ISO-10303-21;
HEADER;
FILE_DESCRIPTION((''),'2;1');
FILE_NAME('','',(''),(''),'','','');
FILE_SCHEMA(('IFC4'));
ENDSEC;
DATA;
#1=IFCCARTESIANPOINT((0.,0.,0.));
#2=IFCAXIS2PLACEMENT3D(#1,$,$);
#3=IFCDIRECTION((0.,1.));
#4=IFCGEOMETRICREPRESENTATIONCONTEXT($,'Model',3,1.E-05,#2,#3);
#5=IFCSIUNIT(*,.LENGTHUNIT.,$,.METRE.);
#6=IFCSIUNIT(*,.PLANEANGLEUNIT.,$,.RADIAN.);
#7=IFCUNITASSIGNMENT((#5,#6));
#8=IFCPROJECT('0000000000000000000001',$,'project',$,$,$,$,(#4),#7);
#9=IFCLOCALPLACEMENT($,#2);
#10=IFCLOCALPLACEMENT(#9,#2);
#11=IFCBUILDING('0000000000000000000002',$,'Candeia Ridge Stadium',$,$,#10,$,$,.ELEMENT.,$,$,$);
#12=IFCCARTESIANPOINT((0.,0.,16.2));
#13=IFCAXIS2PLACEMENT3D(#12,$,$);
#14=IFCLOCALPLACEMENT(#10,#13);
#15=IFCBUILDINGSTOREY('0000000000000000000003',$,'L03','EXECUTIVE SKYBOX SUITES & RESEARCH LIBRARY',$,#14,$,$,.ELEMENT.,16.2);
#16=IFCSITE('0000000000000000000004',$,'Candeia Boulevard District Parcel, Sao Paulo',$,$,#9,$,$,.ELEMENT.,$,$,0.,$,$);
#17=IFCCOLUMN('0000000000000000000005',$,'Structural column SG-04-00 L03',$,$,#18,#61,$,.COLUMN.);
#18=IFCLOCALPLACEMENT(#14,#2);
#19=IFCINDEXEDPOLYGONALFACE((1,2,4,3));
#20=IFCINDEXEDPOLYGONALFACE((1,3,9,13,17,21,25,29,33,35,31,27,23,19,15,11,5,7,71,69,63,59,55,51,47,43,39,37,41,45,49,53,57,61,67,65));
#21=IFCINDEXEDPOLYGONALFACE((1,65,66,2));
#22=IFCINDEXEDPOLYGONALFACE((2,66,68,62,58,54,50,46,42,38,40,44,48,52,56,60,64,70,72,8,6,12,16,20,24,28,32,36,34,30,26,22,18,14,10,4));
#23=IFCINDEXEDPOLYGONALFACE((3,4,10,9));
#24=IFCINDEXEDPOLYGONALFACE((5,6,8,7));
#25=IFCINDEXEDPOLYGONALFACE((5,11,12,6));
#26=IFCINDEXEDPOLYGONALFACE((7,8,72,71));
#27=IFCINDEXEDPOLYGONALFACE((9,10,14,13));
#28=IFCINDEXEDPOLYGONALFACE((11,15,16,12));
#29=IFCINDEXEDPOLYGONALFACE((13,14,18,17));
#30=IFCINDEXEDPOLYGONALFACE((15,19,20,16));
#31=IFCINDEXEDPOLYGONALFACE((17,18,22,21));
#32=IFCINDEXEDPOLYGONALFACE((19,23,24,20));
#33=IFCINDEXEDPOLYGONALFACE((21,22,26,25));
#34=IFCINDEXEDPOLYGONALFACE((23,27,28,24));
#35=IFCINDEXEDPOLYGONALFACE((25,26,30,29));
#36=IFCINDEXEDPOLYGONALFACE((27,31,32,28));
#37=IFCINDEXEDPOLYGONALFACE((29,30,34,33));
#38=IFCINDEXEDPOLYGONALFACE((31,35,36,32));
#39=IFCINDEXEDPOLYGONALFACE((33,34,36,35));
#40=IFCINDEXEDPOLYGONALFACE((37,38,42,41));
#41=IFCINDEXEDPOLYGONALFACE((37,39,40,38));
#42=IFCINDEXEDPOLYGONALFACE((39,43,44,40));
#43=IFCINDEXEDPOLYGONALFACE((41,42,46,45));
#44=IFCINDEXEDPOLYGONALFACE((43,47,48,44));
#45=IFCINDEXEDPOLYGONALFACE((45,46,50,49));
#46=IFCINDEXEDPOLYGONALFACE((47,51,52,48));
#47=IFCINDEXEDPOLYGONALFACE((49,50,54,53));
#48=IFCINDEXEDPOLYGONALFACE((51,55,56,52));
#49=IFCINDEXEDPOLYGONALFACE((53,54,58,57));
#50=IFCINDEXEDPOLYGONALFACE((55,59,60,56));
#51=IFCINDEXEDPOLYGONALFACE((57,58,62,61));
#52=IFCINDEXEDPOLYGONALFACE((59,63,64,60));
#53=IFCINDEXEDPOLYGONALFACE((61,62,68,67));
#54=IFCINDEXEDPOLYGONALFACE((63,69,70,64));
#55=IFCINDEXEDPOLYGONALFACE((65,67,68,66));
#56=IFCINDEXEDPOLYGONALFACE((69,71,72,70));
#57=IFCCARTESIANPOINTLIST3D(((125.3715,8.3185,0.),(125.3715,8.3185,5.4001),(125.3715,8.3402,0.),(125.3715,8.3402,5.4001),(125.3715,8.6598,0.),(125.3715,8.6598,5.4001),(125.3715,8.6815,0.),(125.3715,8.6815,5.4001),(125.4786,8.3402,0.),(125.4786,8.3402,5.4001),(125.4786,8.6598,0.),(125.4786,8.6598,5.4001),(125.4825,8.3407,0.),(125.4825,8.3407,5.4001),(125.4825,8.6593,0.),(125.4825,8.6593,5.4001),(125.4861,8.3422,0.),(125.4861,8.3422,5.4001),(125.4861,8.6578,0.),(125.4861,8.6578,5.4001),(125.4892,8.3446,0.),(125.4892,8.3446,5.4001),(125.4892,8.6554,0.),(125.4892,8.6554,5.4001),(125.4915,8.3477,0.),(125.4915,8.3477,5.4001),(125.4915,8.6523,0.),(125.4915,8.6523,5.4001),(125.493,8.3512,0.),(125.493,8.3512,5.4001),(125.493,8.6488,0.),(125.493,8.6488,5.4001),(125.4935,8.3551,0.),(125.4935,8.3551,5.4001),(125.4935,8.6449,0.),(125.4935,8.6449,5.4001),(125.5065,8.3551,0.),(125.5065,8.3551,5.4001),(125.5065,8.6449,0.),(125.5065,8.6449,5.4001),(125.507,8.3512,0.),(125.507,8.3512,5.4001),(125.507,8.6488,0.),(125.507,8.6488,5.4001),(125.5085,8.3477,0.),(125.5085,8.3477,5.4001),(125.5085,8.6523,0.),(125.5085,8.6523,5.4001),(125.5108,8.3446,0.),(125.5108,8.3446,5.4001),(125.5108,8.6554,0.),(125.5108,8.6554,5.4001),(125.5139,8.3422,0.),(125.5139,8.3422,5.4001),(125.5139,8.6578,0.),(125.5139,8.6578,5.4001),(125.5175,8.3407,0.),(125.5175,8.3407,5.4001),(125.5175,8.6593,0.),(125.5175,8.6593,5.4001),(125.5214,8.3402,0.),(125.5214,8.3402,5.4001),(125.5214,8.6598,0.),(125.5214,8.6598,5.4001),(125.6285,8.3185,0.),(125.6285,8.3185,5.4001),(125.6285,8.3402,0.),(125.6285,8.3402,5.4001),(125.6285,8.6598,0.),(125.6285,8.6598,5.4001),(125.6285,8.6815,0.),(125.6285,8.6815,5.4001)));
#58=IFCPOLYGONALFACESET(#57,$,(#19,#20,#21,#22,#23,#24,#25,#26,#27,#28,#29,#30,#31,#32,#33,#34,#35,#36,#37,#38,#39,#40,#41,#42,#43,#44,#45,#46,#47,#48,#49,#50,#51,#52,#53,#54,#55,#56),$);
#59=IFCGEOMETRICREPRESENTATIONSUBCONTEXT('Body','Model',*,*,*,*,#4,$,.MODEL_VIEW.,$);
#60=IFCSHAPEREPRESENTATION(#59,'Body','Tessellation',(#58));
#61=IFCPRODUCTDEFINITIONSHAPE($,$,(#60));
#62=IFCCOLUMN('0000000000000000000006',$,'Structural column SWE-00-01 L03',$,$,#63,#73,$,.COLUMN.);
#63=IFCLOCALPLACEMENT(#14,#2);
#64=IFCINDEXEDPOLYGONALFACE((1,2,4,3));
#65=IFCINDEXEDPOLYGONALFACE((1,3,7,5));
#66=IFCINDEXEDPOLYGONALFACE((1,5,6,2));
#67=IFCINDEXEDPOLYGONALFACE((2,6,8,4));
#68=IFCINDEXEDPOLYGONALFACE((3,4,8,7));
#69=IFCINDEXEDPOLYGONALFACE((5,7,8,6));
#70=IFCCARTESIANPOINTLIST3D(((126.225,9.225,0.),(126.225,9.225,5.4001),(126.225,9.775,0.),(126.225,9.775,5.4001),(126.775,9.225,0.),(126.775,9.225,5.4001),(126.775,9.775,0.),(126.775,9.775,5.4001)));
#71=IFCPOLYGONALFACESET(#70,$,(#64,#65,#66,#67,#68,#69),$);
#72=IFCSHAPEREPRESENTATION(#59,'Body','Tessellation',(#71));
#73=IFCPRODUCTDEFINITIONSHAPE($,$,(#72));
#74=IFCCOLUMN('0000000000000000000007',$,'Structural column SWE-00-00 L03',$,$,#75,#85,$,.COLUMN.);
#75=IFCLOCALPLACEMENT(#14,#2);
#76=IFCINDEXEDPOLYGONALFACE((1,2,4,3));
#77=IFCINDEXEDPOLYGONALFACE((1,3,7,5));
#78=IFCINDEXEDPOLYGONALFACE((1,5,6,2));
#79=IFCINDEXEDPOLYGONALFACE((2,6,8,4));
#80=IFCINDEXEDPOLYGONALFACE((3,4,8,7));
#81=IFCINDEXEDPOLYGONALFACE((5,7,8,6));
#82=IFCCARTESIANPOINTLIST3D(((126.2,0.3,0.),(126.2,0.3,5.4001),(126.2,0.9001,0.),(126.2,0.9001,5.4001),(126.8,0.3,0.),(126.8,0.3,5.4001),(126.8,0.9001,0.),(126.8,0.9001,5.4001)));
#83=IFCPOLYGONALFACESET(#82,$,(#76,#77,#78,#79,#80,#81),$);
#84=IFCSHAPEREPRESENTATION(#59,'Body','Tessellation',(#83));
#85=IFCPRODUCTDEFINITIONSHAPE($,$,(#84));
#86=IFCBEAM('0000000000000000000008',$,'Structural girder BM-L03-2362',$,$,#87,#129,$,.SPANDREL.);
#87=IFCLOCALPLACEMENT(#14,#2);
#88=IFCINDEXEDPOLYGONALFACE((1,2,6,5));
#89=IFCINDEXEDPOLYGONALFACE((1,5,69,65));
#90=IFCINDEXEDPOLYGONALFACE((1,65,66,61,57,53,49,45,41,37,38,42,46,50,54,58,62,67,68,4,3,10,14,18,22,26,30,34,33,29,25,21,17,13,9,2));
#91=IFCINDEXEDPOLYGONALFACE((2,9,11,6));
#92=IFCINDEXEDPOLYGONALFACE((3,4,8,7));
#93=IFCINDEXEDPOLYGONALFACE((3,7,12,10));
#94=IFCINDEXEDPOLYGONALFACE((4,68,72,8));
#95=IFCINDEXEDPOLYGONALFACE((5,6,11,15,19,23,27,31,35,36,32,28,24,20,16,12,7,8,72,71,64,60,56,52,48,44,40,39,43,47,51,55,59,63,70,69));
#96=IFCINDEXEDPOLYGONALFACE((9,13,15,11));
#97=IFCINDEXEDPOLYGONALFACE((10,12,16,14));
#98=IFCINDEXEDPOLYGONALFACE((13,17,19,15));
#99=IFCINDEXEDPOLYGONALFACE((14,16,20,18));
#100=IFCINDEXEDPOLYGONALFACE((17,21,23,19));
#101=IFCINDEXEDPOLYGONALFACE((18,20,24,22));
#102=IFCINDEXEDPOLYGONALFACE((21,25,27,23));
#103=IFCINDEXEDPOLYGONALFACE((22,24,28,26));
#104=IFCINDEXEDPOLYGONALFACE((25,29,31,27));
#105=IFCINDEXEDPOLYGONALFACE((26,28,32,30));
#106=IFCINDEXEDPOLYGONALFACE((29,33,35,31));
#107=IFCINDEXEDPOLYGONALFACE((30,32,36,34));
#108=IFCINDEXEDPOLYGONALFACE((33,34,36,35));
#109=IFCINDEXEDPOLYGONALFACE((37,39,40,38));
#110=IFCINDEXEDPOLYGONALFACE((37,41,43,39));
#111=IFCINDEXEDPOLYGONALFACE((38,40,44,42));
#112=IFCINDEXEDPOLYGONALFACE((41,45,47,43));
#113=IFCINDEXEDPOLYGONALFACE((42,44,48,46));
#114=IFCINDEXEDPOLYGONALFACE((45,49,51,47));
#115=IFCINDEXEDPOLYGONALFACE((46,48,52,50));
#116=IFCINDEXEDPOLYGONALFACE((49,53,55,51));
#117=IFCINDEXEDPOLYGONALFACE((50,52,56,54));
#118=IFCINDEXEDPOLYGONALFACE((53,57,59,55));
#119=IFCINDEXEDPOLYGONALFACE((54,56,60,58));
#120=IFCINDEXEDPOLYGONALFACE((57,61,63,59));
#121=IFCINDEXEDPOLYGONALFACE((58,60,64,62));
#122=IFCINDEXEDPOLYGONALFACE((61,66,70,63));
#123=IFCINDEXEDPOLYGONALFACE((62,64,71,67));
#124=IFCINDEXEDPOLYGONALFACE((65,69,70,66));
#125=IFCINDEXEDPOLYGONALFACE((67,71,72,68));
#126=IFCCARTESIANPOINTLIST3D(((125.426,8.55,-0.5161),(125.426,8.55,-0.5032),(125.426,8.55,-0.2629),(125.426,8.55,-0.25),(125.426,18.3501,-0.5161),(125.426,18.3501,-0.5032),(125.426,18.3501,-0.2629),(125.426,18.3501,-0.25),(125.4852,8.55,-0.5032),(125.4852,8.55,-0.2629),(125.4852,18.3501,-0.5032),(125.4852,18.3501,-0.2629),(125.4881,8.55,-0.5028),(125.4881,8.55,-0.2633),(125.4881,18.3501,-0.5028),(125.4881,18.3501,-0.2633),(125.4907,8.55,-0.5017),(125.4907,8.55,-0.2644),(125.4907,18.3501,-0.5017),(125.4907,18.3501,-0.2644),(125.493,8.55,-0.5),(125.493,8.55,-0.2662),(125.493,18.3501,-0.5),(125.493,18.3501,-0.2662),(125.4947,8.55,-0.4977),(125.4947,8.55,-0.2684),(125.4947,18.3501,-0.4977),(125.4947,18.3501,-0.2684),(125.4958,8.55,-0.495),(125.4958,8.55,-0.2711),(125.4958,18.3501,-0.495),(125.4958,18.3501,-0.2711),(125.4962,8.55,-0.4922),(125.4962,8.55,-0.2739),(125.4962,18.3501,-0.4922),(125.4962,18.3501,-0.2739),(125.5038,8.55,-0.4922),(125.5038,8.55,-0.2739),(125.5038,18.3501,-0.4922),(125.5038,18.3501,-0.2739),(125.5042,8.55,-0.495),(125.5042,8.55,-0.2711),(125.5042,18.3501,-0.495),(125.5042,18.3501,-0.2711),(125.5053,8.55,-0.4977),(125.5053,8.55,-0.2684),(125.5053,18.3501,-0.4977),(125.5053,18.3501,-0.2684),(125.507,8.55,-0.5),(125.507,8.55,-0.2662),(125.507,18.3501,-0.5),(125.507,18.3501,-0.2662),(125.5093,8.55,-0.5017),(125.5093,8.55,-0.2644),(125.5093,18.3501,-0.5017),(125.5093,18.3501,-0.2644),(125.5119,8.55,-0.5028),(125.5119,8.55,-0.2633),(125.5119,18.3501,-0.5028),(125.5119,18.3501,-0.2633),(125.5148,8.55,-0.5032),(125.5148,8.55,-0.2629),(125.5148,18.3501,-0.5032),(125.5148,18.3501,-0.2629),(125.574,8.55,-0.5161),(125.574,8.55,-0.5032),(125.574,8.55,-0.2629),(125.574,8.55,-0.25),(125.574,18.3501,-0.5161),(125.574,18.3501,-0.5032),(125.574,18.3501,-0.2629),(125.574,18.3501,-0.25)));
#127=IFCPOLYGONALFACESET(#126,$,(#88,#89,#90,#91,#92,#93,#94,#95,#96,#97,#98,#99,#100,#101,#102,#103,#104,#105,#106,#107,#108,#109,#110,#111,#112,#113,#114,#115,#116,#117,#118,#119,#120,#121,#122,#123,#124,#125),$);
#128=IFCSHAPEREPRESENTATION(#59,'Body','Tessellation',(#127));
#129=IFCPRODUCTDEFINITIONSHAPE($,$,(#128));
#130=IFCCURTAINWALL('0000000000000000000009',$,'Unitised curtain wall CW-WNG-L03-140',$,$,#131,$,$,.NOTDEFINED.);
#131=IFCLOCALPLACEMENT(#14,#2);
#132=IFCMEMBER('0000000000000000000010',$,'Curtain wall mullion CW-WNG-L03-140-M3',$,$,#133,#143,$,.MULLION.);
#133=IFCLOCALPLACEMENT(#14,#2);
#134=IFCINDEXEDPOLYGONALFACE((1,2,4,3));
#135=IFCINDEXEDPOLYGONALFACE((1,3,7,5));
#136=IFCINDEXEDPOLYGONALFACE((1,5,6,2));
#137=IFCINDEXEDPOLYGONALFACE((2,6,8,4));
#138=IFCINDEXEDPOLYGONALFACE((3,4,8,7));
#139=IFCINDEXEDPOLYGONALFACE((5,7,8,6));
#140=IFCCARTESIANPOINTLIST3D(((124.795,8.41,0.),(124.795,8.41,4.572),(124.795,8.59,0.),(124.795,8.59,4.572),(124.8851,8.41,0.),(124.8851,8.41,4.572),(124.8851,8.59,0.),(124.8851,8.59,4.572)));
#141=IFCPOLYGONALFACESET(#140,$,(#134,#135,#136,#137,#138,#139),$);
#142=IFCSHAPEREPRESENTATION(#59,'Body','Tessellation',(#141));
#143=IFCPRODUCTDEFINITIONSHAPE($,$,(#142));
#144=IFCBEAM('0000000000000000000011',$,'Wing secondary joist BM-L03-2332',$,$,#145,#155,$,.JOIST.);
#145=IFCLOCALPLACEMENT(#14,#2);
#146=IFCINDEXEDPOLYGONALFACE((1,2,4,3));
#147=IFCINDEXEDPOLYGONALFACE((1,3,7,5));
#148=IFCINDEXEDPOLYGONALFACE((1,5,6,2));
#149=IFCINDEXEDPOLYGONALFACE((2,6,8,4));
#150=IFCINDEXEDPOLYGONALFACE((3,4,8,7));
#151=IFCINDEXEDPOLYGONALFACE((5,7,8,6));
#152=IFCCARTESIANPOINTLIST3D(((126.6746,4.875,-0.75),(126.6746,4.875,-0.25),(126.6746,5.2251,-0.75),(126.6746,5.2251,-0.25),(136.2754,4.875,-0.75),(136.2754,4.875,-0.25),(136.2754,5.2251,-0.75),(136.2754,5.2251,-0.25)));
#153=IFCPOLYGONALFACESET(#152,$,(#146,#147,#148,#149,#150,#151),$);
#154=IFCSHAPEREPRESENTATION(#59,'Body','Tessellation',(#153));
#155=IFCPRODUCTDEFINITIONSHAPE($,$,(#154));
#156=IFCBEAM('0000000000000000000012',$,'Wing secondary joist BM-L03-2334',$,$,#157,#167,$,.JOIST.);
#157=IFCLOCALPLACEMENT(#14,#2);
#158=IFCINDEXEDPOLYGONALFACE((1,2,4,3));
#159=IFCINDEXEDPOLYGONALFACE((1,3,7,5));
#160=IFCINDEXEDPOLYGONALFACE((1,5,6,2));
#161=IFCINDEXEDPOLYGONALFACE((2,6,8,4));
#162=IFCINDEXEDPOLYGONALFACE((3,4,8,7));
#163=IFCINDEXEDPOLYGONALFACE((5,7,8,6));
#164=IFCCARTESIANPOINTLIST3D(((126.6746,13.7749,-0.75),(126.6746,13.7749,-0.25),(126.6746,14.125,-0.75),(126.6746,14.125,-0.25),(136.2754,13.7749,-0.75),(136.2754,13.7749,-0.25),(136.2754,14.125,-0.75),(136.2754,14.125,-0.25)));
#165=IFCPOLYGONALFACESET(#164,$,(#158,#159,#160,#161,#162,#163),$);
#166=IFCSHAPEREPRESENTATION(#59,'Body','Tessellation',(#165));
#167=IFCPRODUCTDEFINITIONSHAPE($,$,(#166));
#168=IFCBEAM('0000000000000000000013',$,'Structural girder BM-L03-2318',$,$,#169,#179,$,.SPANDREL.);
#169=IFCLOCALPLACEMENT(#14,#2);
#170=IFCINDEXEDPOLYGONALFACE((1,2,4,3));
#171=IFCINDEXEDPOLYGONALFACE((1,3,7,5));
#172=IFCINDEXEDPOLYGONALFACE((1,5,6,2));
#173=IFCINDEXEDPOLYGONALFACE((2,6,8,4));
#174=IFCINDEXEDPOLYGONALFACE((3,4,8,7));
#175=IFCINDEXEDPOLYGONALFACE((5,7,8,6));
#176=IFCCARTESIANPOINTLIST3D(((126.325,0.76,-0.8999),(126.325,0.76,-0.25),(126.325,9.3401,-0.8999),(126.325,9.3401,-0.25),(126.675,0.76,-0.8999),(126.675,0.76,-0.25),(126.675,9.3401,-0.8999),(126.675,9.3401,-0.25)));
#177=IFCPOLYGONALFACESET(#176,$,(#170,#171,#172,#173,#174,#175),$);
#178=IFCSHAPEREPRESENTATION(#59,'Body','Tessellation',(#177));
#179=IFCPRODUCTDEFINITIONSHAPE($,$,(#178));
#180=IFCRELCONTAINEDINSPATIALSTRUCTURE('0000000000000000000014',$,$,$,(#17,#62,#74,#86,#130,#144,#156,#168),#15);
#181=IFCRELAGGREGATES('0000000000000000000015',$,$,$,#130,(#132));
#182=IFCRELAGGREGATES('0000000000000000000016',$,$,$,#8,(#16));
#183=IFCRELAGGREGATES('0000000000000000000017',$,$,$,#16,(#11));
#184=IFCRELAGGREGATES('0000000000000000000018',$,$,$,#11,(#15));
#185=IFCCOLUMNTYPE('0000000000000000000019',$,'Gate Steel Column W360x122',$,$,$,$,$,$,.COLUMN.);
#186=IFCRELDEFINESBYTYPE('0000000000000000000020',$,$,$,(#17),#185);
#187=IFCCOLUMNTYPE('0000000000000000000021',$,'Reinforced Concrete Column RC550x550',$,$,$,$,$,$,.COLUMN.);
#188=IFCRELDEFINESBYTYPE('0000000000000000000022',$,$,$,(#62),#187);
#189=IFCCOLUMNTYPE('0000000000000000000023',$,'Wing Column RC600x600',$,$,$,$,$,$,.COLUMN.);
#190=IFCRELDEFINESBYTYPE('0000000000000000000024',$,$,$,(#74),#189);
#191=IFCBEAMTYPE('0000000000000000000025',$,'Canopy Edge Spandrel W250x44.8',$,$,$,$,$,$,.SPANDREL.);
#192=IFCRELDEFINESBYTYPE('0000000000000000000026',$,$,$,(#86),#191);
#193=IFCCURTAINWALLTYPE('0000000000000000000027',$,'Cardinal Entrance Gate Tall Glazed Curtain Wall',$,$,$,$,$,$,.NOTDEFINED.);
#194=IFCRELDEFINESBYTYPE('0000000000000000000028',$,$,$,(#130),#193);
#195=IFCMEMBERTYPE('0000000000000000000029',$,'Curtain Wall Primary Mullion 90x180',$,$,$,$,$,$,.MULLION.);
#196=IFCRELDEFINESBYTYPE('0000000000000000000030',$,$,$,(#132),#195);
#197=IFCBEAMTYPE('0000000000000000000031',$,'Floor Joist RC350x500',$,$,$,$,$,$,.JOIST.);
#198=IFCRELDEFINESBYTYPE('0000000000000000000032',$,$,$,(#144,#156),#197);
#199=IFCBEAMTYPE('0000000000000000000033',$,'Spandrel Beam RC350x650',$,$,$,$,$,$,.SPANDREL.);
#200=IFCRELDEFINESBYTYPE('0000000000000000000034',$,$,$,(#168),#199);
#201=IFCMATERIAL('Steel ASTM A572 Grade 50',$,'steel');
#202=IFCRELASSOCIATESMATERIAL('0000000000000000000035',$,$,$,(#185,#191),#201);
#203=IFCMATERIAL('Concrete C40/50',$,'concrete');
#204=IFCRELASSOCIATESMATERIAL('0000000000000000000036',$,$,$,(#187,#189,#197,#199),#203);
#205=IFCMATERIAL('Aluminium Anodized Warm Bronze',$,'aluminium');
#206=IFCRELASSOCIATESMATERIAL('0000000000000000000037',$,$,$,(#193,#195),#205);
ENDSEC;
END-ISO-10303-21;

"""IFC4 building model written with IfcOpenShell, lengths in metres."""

from ifc_helpers import new_model, si_unit, direction, frame, origin, origin_2d, place, context, subcontext, project, spatial, rectangle, i_section, extrude, material, material_profile, profile_set, type_object, element, aggregate, save


model = new_model("IFC4")

# Units and contexts
model_context = context("Model", 3, precision=1e-05, world=origin(), true_north=direction((0.0, 1.0)))
body_context = subcontext(model_context, "Body", "Model", "MODEL_VIEW")
ifc_project = project(units=[si_unit("LENGTHUNIT", "METRE"), si_unit("PLANEANGLEUNIT", "RADIAN")], contexts=[model_context])

# Site, building, storey
site_placement = place(None, origin())
site = spatial("IfcSite", under=ifc_project, at=site_placement, Name="Candeia Boulevard District Parcel, Sao Paulo", CompositionType="ELEMENT", RefElevation=0.0)
building_placement = place(site_placement, origin())
building = spatial("IfcBuilding", under=site, at=building_placement, Name="Candeia Ridge Stadium", CompositionType="ELEMENT")
storey_placement = place(building_placement, frame((0.0, 0.0, 16.2)))
storey = spatial("IfcBuildingStorey", under=building, at=storey_placement, Name="L03", Description="EXECUTIVE SKYBOX SUITES & RESEARCH LIBRARY", CompositionType="ELEMENT", Elevation=16.2)

# Columns
ifc_material_1 = material(Name="Steel ASTM A572 Grade 50", Category="steel")
ifc_material_profile_1 = material_profile(ifc_material_1, i_section(OverallWidth=0.2571, OverallDepth=0.363, WebThickness=0.0129, FlangeThickness=0.0217, FilletRadius=0.0149, at=origin_2d()), Name="W360x122", Category="steel")
ifc_profile_set_1 = profile_set([ifc_material_profile_1], Name="Steel ASTM A572 Grade 50")
column_type_1 = type_object("IfcColumnType", Name="Gate Steel Column W360x122", PredefinedType="COLUMN", material=ifc_profile_set_1)
column_1_placement = place(storey_placement, frame((125.5, 8.5, 0.0), z_axis=(0.0, 0.0, 1.0), x_axis=(1.0, 0.0, 0.0)))
element("IfcColumn", 1, at=column_1_placement, inside=storey, type_object=column_type_1, Name="Structural column SG-04-00 L03", PredefinedType="COLUMN", context=body_context, shape_type="SweptSolid", body=[
    extrude(i_section(OverallWidth=0.2571, OverallDepth=0.363, WebThickness=0.0129, FlangeThickness=0.0217, FilletRadius=0.0149, at=origin_2d()), origin(), (0.0, 0.0, 1.0), 5.4001),
])
ifc_material_2 = material(Name="Concrete C40/50", Category="concrete")
ifc_material_profile_2 = material_profile(ifc_material_2, rectangle(XDim=0.55, YDim=0.55, at=origin_2d()), Name="RC550x550", Category="concrete")
ifc_profile_set_2 = profile_set([ifc_material_profile_2], Name="Concrete C40/50")
column_type_2 = type_object("IfcColumnType", Name="Reinforced Concrete Column RC550x550", PredefinedType="COLUMN", material=ifc_profile_set_2)
column_2_placement = place(storey_placement, frame((126.5, 9.5, 0.0), z_axis=(0.0, 0.0, 1.0), x_axis=(1.0, 0.0, 0.0)))
element("IfcColumn", 2, at=column_2_placement, inside=storey, type_object=column_type_2, Name="Structural column SWE-00-01 L03", PredefinedType="COLUMN", context=body_context, shape_type="SweptSolid", body=[
    extrude(rectangle(XDim=0.55, YDim=0.55, at=origin_2d()), origin(), (0.0, 0.0, 1.0), 5.4001),
])
ifc_material_profile_3 = material_profile(ifc_material_2, rectangle(XDim=0.6001, YDim=0.6001, at=origin_2d()), Name="RC600x600", Category="concrete")
ifc_profile_set_3 = profile_set([ifc_material_profile_3], Name="Concrete C40/50")
column_type_3 = type_object("IfcColumnType", Name="Wing Column RC600x600", PredefinedType="COLUMN", material=ifc_profile_set_3)
column_3_placement = place(storey_placement, frame((126.5, 0.6001, 0.0), z_axis=(0.0, 0.0, 1.0), x_axis=(1.0, 0.0, 0.0)))
element("IfcColumn", 3, at=column_3_placement, inside=storey, type_object=column_type_3, Name="Structural column SWE-00-00 L03", PredefinedType="COLUMN", context=body_context, shape_type="SweptSolid", body=[
    extrude(rectangle(XDim=0.6001, YDim=0.6001, at=origin_2d()), origin(), (0.0, 0.0, 1.0), 5.4001),
])

# Beam
ifc_material_profile_4 = material_profile(ifc_material_1, i_section(OverallWidth=0.1479, OverallDepth=0.2661, WebThickness=0.0076, FlangeThickness=0.0129, FilletRadius=0.011, at=origin_2d()), Name="W250x44.8", Category="steel")
ifc_profile_set_4 = profile_set([ifc_material_profile_4], Name="Steel ASTM A572 Grade 50")
beam_type_1 = type_object("IfcBeamType", Name="Canopy Edge Spandrel W250x44.8", PredefinedType="SPANDREL", material=ifc_profile_set_4)
beam_placement = place(storey_placement, frame((125.5, 8.55, -0.3831), z_axis=(0.0, 1.0, 0.0), x_axis=(-1.0, 0.0, 0.0)))
element("IfcBeam", 4, at=beam_placement, inside=storey, type_object=beam_type_1, Name="Structural girder BM-L03-2362", PredefinedType="SPANDREL", context=body_context, shape_type="SweptSolid", body=[
    extrude(i_section(OverallWidth=0.1479, OverallDepth=0.2661, WebThickness=0.0076, FlangeThickness=0.0129, FilletRadius=0.011, at=origin_2d()), origin(), (0.0, 0.0, 1.0), 9.8),
])

# Curtain wall, member
ifc_material_3 = material(Name="Aluminium Anodized Warm Bronze", Category="aluminium")
curtain_wall_type = type_object("IfcCurtainWallType", Name="Cardinal Entrance Gate Tall Glazed Curtain Wall", PredefinedType="NOTDEFINED", material=ifc_material_3)
curtain_wall_placement = place(storey_placement, origin())
curtain_wall = element("IfcCurtainWall", 5, at=curtain_wall_placement, inside=storey, type_object=curtain_wall_type, Name="Unitised curtain wall CW-WNG-L03-140", PredefinedType="NOTDEFINED")
ifc_material_profile_5 = material_profile(ifc_material_3, rectangle(XDim=0.0901, YDim=0.1799, at=origin_2d()), Name="CWM-90x180", Category="aluminium")
ifc_profile_set_5 = profile_set([ifc_material_profile_5], Name="Aluminium Anodized Warm Bronze")
member_type = type_object("IfcMemberType", Name="Curtain Wall Primary Mullion 90x180", PredefinedType="MULLION", material=ifc_profile_set_5)
member_placement = place(storey_placement, frame((124.8401, 8.5, 0.0), z_axis=(0.0, 0.0, 1.0), x_axis=(1.0, 0.0, 0.0)))
member = element("IfcMember", 6, at=member_placement, type_object=member_type, Name="Curtain wall mullion CW-WNG-L03-140-M3", PredefinedType="MULLION", context=body_context, shape_type="SweptSolid", body=[
    extrude(rectangle(XDim=0.0901, YDim=0.1799, at=origin_2d()), origin(), (0.0, 0.0, 1.0), 4.572),
])

# Beams
ifc_material_profile_6 = material_profile(ifc_material_2, rectangle(XDim=0.3501, YDim=0.5, at=origin_2d()), Name="RC350x500", Category="concrete")
ifc_profile_set_6 = profile_set([ifc_material_profile_6], Name="Concrete C40/50")
beam_type_2 = type_object("IfcBeamType", Name="Floor Joist RC350x500", PredefinedType="JOIST", material=ifc_profile_set_6)
for number, where, z_axis, x_axis, name in (
    (7, (126.6746, 5.05, -0.5), (1.0, 0.0, 0.0), (0.0, 1.0, 0.0), "Wing secondary joist BM-L03-2332"),
    (8, (126.6746, 13.95, -0.5), (1.0, 0.0, 0.0), (0.0, 1.0, 0.0), "Wing secondary joist BM-L03-2334"),
):
    element("IfcBeam", number, at=place(storey_placement, frame(where, z_axis=z_axis, x_axis=x_axis)), inside=storey, type_object=beam_type_2, Name=name, PredefinedType="JOIST", context=body_context, shape_type="SweptSolid", body=[
        extrude(rectangle(XDim=0.3501, YDim=0.5, at=origin_2d()), origin(), (0.0, 0.0, 1.0), 9.6008),
    ])
ifc_material_profile_7 = material_profile(ifc_material_2, rectangle(XDim=0.3501, YDim=0.6499, at=origin_2d()), Name="RC350x650", Category="concrete")
ifc_profile_set_7 = profile_set([ifc_material_profile_7], Name="Concrete C40/50")
beam_type_3 = type_object("IfcBeamType", Name="Spandrel Beam RC350x650", PredefinedType="SPANDREL", material=ifc_profile_set_7)
for number, where, z_axis, x_axis, name in (
    (9, (126.5, 0.76, -0.575), (0.0, 1.0, 0.0), (-1.0, 0.0, 0.0), "Structural girder BM-L03-2318"),
):
    element("IfcBeam", number, at=place(storey_placement, frame(where, z_axis=z_axis, x_axis=x_axis)), inside=storey, type_object=beam_type_3, Name=name, PredefinedType="SPANDREL", context=body_context, shape_type="SweptSolid", body=[
        extrude(rectangle(XDim=0.3501, YDim=0.6499, at=origin_2d()), origin(), (0.0, 0.0, 1.0), 8.5801),
    ])

aggregate(curtain_wall, [member])

save(model, "model.ifc")
